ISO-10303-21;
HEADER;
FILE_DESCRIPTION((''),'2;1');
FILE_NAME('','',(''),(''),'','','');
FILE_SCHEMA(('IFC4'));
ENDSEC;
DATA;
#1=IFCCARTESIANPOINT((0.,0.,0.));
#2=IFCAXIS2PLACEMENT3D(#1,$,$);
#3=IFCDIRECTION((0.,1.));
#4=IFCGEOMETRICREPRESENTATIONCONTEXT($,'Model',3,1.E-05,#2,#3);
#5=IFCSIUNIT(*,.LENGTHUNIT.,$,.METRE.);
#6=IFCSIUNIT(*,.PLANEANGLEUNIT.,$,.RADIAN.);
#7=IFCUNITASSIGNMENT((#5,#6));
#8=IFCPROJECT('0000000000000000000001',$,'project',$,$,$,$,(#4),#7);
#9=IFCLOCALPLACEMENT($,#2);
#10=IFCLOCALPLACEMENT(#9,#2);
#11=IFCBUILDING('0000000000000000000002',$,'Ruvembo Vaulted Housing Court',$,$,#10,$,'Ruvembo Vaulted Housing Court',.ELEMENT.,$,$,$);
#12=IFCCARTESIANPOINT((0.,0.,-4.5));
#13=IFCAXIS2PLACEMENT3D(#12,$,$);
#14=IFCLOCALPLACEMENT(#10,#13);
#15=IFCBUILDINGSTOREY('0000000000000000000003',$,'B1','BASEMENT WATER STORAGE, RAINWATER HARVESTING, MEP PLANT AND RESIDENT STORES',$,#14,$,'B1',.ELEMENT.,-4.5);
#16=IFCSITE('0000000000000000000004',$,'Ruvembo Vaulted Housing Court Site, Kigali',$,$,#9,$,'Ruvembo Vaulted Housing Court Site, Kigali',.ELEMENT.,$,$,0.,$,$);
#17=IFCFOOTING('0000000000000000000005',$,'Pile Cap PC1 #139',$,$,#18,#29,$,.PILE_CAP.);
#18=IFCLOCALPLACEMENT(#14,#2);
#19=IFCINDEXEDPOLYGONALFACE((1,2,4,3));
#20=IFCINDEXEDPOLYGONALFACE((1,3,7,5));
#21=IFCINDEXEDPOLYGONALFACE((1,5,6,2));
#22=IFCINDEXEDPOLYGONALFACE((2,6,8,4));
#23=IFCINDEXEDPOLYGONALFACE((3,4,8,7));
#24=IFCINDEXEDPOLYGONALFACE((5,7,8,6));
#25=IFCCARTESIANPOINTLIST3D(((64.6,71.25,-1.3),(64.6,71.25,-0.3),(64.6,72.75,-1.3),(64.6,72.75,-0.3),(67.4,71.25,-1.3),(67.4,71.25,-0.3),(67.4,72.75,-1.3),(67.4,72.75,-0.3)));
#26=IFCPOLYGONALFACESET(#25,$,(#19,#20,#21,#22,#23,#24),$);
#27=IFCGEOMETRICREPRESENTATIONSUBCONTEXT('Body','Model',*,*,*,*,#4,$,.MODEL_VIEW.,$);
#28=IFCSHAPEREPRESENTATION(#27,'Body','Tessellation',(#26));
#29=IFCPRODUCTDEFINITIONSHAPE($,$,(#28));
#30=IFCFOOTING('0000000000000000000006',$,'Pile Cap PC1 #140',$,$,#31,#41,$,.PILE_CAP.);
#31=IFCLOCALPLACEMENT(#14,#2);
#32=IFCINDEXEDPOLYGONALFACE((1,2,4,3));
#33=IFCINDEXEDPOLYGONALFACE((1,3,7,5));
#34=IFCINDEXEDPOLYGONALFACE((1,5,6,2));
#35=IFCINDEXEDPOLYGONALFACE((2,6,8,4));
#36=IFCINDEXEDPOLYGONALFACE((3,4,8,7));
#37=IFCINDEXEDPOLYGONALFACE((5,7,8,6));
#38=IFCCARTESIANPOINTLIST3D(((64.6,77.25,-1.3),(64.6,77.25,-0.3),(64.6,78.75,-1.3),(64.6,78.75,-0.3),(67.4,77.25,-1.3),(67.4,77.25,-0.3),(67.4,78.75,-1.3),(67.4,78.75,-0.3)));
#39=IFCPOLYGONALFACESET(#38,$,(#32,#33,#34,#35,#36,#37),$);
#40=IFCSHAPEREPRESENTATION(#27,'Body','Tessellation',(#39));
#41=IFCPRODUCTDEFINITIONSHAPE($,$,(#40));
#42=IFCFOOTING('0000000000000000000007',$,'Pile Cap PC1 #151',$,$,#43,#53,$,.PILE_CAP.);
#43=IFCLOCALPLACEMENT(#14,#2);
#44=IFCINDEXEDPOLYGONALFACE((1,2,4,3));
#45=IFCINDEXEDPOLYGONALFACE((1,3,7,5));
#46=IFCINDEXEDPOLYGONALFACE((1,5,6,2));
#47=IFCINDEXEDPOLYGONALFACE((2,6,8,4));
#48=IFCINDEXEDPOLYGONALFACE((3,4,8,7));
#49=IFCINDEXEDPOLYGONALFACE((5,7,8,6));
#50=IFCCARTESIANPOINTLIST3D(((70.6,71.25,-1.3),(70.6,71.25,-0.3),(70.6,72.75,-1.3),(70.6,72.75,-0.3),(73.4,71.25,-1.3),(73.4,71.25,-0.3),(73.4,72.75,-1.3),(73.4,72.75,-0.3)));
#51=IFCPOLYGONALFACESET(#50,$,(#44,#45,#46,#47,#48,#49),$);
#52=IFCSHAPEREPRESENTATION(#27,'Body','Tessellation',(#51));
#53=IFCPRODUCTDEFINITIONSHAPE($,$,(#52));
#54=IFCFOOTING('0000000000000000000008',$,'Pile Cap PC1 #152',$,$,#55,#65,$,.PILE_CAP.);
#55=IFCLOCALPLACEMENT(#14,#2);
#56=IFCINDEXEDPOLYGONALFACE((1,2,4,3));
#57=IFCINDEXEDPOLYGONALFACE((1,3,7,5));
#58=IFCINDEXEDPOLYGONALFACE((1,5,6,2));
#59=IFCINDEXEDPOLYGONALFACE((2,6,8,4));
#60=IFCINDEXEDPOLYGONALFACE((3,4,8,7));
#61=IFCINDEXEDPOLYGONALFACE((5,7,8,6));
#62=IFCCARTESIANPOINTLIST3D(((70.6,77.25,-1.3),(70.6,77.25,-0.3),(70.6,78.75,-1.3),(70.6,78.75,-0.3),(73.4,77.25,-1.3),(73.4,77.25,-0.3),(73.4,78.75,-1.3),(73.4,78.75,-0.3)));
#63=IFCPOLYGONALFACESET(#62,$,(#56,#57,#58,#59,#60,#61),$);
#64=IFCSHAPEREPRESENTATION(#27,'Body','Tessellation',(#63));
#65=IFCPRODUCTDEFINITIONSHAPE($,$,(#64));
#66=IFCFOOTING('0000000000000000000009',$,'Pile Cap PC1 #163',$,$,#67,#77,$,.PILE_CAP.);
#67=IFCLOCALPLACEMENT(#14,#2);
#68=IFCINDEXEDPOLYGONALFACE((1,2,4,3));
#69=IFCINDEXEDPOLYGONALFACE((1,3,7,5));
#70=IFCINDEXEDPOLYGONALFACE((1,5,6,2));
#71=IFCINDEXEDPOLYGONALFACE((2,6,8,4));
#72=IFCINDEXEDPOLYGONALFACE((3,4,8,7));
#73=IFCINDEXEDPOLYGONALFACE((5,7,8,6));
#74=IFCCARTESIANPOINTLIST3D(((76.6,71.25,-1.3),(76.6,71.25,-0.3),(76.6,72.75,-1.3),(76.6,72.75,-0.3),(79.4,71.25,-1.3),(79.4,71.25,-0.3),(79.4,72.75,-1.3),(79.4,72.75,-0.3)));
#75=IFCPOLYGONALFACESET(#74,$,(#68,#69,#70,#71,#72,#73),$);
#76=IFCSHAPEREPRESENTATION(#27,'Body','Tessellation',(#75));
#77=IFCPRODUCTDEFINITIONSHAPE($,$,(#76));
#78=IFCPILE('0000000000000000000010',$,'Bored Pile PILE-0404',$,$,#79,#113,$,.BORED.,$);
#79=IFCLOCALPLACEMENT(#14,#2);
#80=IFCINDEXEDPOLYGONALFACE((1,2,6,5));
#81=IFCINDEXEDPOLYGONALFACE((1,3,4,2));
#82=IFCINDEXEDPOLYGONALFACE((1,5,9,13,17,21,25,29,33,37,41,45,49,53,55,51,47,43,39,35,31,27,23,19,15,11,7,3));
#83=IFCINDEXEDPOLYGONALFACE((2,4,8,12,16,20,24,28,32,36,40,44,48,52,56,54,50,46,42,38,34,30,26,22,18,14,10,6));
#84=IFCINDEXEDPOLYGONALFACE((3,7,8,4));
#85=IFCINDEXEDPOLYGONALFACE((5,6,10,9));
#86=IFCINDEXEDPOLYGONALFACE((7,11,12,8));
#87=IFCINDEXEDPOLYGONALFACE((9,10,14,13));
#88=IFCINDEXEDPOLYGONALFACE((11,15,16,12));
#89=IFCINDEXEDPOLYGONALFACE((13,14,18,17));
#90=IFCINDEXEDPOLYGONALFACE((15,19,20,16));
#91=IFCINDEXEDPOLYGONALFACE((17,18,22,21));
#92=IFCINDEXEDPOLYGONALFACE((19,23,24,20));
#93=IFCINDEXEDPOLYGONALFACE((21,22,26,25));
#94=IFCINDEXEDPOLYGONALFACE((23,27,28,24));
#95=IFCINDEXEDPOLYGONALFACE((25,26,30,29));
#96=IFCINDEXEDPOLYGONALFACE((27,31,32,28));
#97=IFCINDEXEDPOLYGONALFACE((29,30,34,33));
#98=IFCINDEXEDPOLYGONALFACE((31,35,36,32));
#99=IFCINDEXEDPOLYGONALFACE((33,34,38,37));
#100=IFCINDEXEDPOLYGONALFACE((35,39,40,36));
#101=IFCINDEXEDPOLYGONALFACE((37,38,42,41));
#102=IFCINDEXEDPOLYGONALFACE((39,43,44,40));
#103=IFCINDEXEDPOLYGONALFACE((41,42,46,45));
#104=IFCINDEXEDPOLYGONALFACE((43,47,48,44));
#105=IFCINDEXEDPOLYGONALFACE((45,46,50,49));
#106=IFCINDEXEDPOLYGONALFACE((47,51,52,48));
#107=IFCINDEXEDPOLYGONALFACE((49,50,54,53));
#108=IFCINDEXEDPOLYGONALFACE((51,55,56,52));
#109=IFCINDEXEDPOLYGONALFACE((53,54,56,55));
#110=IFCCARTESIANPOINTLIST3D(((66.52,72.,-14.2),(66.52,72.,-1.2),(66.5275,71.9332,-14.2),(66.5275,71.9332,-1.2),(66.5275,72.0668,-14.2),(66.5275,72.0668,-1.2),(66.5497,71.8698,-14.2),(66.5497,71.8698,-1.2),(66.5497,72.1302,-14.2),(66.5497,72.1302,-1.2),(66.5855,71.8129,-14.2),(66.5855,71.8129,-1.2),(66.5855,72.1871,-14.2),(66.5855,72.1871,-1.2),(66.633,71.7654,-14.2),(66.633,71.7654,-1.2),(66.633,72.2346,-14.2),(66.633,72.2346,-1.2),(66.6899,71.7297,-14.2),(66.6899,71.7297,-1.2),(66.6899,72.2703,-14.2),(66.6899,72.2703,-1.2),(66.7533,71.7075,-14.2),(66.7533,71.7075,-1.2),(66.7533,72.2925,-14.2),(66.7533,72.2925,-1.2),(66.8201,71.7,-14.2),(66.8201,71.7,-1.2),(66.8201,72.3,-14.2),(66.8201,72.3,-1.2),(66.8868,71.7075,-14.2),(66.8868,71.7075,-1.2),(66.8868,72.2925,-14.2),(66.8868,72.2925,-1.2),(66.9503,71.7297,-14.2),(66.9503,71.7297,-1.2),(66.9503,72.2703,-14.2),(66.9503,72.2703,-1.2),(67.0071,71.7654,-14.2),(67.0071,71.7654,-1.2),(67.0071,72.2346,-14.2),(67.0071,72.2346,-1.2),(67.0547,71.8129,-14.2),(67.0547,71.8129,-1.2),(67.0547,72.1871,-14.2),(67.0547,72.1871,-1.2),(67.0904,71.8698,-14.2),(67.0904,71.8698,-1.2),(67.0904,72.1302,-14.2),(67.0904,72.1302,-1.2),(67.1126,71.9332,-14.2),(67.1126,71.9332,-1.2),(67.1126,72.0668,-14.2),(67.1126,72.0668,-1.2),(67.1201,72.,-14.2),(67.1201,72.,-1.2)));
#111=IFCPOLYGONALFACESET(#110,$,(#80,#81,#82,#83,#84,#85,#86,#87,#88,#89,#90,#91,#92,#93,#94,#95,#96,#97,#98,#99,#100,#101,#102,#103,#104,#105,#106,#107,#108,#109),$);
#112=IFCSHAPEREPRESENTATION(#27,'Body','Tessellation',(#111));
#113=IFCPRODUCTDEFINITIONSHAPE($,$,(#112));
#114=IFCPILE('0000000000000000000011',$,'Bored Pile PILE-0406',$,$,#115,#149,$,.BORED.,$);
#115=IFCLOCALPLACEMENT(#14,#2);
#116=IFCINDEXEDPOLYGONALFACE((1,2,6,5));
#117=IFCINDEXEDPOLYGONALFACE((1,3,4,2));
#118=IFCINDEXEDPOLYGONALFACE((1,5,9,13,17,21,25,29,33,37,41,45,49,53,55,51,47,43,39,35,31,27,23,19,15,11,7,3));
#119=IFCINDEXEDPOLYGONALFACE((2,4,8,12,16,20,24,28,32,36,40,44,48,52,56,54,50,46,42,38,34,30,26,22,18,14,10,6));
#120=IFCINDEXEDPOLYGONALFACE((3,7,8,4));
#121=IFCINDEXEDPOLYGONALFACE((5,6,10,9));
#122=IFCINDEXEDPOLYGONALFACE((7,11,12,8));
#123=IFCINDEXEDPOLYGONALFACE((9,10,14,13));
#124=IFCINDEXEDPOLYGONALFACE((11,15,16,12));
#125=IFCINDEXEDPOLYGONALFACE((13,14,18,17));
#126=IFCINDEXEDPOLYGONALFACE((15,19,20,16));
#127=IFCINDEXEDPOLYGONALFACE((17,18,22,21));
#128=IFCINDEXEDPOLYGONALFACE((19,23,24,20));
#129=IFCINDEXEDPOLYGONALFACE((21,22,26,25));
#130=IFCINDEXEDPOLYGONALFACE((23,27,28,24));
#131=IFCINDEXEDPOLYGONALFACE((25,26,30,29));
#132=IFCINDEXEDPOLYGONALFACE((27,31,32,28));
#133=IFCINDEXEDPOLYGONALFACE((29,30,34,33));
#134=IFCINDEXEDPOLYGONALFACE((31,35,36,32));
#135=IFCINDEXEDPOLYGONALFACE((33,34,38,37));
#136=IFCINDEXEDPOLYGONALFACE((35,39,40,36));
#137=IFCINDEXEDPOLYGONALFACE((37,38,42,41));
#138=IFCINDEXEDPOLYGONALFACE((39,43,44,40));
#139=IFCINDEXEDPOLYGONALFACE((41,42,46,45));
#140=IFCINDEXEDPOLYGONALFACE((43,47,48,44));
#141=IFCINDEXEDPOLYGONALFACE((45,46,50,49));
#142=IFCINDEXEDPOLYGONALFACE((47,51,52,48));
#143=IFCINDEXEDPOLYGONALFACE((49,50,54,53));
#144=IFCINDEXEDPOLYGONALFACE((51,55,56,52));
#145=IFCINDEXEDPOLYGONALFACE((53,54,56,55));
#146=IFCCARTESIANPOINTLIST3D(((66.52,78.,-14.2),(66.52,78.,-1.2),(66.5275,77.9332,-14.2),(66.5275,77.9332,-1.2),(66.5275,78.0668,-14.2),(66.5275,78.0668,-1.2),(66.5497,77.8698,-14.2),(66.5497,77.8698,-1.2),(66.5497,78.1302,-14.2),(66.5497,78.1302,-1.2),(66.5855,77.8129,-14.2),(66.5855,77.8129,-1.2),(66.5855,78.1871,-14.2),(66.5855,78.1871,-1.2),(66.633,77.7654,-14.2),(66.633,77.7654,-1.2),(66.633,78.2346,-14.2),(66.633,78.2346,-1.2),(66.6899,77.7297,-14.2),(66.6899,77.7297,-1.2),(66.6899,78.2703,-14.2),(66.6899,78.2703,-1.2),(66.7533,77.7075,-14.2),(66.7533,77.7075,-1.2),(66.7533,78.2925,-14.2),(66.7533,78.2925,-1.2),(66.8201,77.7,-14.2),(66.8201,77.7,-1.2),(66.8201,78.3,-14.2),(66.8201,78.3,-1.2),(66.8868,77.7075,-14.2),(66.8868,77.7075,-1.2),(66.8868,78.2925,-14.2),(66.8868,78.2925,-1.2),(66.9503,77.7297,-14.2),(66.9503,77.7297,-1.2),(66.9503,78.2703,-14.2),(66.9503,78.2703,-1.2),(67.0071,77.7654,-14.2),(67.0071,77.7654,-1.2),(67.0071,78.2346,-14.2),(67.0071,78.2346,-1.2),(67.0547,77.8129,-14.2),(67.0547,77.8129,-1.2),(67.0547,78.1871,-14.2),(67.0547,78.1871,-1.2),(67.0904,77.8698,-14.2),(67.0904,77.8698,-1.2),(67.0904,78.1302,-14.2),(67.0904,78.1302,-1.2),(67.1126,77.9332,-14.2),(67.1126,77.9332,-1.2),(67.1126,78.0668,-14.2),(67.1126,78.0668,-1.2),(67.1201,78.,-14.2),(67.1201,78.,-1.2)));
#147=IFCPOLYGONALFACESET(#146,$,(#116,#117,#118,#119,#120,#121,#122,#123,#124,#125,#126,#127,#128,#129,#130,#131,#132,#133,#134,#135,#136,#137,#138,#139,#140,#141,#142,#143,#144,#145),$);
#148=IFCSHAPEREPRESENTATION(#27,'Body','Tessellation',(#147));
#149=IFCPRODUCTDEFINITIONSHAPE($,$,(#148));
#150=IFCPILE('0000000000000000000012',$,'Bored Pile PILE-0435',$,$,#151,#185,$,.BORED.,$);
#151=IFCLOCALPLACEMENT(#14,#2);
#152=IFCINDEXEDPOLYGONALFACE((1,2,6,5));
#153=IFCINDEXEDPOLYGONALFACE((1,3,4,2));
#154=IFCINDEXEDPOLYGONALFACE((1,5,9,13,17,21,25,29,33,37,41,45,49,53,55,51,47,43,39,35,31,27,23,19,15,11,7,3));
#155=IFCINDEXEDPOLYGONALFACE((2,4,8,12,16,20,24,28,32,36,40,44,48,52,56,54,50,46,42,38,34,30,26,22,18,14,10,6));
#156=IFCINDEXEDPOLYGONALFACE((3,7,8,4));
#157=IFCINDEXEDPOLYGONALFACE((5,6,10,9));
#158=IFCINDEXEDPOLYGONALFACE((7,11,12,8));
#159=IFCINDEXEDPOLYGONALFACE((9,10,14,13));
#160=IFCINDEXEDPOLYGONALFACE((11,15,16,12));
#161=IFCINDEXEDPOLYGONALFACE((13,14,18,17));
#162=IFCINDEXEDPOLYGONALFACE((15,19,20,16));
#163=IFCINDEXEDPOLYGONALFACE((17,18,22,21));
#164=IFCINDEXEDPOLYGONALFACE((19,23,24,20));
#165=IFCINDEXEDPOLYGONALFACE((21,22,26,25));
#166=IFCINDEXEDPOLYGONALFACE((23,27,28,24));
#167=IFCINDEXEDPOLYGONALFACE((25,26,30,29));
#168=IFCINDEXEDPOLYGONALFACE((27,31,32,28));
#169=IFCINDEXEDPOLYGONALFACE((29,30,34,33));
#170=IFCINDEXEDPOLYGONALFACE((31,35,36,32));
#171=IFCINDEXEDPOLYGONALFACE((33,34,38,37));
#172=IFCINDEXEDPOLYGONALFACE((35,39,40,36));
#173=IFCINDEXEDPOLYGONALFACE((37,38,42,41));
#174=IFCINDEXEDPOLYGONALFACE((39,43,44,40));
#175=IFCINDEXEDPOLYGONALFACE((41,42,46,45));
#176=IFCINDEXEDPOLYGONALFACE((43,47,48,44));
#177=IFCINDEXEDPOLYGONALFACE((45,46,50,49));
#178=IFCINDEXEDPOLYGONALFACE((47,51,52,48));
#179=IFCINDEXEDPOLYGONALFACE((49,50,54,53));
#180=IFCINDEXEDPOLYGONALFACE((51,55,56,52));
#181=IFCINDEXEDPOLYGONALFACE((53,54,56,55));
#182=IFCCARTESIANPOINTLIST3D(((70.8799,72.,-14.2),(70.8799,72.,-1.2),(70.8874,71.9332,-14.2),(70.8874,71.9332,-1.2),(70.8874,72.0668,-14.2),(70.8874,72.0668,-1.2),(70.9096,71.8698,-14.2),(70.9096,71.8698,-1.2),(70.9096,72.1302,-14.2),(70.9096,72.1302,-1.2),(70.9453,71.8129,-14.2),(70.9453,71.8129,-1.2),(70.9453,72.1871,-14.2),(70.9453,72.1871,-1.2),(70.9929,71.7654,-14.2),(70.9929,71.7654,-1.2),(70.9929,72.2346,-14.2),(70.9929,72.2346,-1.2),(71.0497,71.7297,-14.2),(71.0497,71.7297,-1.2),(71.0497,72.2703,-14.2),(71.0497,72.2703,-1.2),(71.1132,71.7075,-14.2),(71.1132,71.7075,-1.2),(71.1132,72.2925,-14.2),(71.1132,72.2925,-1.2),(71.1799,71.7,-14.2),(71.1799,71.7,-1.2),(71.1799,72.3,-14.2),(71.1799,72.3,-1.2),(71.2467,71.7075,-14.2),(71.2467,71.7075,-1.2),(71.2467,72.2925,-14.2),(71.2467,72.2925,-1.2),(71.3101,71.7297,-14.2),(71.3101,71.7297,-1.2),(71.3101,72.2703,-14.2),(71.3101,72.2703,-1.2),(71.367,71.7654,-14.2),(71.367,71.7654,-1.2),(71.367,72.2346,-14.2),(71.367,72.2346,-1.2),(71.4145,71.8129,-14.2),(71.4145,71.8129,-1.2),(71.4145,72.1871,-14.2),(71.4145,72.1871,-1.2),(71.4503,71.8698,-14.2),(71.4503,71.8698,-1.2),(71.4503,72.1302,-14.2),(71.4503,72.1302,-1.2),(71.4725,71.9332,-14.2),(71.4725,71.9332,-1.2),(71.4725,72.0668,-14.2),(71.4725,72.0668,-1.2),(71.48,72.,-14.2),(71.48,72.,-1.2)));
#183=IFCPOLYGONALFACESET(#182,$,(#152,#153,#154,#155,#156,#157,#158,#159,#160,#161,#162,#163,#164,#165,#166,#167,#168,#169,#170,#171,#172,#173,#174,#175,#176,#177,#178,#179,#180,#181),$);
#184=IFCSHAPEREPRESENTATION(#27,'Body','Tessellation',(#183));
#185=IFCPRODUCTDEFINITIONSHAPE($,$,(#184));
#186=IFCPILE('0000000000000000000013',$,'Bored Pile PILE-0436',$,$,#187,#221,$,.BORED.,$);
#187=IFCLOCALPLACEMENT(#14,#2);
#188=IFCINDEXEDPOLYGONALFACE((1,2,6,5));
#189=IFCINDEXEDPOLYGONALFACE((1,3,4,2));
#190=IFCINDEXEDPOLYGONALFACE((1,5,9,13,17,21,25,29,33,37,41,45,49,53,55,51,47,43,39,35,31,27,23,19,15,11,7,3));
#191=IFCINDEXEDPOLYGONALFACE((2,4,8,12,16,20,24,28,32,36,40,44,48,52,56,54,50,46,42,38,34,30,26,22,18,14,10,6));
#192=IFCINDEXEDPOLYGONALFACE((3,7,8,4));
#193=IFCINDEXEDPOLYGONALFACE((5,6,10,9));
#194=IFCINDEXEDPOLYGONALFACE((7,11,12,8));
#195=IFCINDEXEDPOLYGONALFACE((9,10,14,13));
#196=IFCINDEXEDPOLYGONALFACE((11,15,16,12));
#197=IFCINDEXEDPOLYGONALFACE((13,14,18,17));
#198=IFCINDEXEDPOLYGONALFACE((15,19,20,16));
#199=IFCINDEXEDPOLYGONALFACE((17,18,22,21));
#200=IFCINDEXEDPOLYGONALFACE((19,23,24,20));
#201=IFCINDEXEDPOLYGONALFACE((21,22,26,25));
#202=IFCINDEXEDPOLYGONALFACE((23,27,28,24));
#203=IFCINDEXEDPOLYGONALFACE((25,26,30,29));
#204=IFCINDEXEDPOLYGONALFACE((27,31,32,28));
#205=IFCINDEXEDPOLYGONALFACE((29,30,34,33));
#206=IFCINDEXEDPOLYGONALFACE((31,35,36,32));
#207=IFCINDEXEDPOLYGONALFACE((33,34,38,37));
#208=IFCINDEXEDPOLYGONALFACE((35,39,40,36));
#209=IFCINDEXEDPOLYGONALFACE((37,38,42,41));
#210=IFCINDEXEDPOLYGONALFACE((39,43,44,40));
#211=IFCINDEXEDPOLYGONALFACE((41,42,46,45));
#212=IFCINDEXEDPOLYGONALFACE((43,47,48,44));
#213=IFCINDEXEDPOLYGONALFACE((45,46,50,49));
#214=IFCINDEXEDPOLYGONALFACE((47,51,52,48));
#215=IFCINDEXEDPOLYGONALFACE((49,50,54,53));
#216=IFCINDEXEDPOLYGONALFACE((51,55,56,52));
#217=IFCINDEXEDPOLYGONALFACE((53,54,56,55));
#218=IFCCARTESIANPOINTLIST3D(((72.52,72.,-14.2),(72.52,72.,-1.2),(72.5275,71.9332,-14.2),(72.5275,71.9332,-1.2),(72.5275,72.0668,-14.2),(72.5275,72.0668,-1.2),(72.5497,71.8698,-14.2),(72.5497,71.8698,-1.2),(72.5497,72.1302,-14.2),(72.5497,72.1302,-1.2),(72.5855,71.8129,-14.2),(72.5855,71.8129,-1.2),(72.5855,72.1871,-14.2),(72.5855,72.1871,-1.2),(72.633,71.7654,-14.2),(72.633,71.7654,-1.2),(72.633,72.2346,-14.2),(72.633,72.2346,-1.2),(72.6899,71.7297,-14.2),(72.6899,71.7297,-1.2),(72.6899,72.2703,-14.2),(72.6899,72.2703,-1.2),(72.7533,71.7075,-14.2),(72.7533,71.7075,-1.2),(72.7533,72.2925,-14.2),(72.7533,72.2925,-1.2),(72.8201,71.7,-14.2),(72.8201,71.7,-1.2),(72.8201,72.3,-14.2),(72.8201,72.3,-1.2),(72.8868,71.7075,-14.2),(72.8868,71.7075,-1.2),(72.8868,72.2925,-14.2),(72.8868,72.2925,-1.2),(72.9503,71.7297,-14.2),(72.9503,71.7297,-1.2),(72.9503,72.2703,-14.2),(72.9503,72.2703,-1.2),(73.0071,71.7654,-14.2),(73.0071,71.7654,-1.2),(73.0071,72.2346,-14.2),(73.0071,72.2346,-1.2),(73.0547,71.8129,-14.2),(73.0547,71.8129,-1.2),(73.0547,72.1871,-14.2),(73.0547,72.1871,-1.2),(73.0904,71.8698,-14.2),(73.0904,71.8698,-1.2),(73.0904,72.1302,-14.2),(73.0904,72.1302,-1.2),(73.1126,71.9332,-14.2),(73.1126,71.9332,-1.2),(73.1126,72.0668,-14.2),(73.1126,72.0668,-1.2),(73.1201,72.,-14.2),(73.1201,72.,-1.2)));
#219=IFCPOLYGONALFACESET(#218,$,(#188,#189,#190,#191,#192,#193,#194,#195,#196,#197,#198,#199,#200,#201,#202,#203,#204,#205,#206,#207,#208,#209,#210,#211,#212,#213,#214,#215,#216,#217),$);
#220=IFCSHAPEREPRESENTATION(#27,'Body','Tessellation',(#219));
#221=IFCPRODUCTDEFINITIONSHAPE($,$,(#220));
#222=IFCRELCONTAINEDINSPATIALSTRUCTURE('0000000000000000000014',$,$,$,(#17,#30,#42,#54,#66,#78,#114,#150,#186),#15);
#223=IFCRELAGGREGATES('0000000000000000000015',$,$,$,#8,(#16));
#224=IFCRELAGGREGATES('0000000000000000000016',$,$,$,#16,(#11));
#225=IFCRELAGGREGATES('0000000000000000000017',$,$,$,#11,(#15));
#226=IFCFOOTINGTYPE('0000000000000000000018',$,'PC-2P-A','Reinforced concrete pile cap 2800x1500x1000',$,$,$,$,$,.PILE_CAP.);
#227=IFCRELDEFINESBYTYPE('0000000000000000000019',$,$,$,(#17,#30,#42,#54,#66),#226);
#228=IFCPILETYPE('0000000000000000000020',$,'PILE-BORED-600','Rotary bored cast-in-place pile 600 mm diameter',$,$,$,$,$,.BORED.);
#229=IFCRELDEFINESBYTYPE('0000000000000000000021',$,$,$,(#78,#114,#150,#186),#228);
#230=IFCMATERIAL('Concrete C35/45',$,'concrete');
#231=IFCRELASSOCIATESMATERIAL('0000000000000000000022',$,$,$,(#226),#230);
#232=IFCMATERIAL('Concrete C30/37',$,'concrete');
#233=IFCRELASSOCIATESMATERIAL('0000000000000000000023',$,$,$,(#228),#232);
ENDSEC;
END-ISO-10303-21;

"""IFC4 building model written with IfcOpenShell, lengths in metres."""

from ifc_helpers import new_model, si_unit, direction, frame, origin, origin_2d, place, context, subcontext, project, spatial, rectangle, circle, extrude, material, material_profile, profile_set, type_object, element, save


model = new_model("IFC4")

# Units and contexts
model_context = context("Model", 3, precision=1e-05, world=origin(), true_north=direction((0.0, 1.0)))
body_context = subcontext(model_context, "Body", "Model", "MODEL_VIEW")
ifc_project = project(units=[si_unit("LENGTHUNIT", "METRE"), si_unit("PLANEANGLEUNIT", "RADIAN")], contexts=[model_context])

# Site, building, storey
site_placement = place(None, origin())
site = spatial("IfcSite", under=ifc_project, at=site_placement, Name="Ruvembo Vaulted Housing Court Site, Kigali", LongName="Ruvembo Vaulted Housing Court Site, Kigali", CompositionType="ELEMENT", RefElevation=0.0)
building_placement = place(site_placement, origin())
building = spatial("IfcBuilding", under=site, at=building_placement, Name="Ruvembo Vaulted Housing Court", LongName="Ruvembo Vaulted Housing Court", CompositionType="ELEMENT")
storey_placement = place(building_placement, frame((0.0, 0.0, -4.5)))
storey = spatial("IfcBuildingStorey", under=building, at=storey_placement, Name="B1", Description="BASEMENT WATER STORAGE, RAINWATER HARVESTING, MEP PLANT AND RESIDENT STORES", LongName="B1", CompositionType="ELEMENT", Elevation=-4.5)

# Footings
ifc_material_1 = material(Name="Concrete C35/45", Category="concrete")
footing_type = type_object("IfcFootingType", Name="PC-2P-A", Description="Reinforced concrete pile cap 2800x1500x1000", PredefinedType="PILE_CAP", material=ifc_material_1)
for number, where, z_axis, x_axis, name in (
    (1, (66.0, 72.0, -1.3), (0.0, 0.0, 1.0), (1.0, 0.0, 0.0), "Pile Cap PC1 #139"),
    (2, (66.0, 78.0, -1.3), (0.0, 0.0, 1.0), (1.0, 0.0, 0.0), "Pile Cap PC1 #140"),
    (3, (72.0, 72.0, -1.3), (0.0, 0.0, 1.0), (1.0, 0.0, 0.0), "Pile Cap PC1 #151"),
    (4, (72.0, 78.0, -1.3), (0.0, 0.0, 1.0), (1.0, 0.0, 0.0), "Pile Cap PC1 #152"),
    (5, (78.0, 72.0, -1.3), (0.0, 0.0, 1.0), (1.0, 0.0, 0.0), "Pile Cap PC1 #163"),
):
    element("IfcFooting", number, at=place(storey_placement, frame(where, z_axis=z_axis, x_axis=x_axis)), inside=storey, type_object=footing_type, Name=name, PredefinedType="PILE_CAP", context=body_context, shape_type="SweptSolid", body=[
        extrude(rectangle(XDim=2.8, YDim=1.5, at=origin_2d()), origin(), (0.0, 0.0, 1.0), 1.0),
    ])

# Piles
ifc_material_2 = material(Name="Concrete C30/37", Category="concrete")
ifc_material_profile_1 = material_profile(ifc_material_2, circle(Radius=0.3, at=origin_2d()), Name="PILE D600")
ifc_profile_set_1 = profile_set([ifc_material_profile_1], Name="Concrete C30/37")
pile_type = type_object("IfcPileType", Name="PILE-BORED-600", Description="Rotary bored cast-in-place pile 600 mm diameter", PredefinedType="BORED", material=ifc_profile_set_1)
for number, where, z_axis, x_axis, name in (
    (6, (66.8201, 72.0, -1.2), (0.0, 0.0, -1.0), (1.0, 0.0, 0.0), "Bored Pile PILE-0404"),
    (7, (66.8201, 78.0, -1.2), (0.0, 0.0, -1.0), (1.0, 0.0, 0.0), "Bored Pile PILE-0406"),
    (8, (71.1799, 72.0, -1.2), (0.0, 0.0, -1.0), (1.0, 0.0, 0.0), "Bored Pile PILE-0435"),
    (9, (72.8201, 72.0, -1.2), (0.0, 0.0, -1.0), (1.0, 0.0, 0.0), "Bored Pile PILE-0436"),
):
    element("IfcPile", number, at=place(storey_placement, frame(where, z_axis=z_axis, x_axis=x_axis)), inside=storey, type_object=pile_type, Name=name, PredefinedType="BORED", context=body_context, shape_type="SweptSolid", body=[
        extrude(circle(Radius=0.3, at=origin_2d()), origin(), (0.0, 0.0, 1.0), 13.0),
    ])

save(model, "model.ifc")
